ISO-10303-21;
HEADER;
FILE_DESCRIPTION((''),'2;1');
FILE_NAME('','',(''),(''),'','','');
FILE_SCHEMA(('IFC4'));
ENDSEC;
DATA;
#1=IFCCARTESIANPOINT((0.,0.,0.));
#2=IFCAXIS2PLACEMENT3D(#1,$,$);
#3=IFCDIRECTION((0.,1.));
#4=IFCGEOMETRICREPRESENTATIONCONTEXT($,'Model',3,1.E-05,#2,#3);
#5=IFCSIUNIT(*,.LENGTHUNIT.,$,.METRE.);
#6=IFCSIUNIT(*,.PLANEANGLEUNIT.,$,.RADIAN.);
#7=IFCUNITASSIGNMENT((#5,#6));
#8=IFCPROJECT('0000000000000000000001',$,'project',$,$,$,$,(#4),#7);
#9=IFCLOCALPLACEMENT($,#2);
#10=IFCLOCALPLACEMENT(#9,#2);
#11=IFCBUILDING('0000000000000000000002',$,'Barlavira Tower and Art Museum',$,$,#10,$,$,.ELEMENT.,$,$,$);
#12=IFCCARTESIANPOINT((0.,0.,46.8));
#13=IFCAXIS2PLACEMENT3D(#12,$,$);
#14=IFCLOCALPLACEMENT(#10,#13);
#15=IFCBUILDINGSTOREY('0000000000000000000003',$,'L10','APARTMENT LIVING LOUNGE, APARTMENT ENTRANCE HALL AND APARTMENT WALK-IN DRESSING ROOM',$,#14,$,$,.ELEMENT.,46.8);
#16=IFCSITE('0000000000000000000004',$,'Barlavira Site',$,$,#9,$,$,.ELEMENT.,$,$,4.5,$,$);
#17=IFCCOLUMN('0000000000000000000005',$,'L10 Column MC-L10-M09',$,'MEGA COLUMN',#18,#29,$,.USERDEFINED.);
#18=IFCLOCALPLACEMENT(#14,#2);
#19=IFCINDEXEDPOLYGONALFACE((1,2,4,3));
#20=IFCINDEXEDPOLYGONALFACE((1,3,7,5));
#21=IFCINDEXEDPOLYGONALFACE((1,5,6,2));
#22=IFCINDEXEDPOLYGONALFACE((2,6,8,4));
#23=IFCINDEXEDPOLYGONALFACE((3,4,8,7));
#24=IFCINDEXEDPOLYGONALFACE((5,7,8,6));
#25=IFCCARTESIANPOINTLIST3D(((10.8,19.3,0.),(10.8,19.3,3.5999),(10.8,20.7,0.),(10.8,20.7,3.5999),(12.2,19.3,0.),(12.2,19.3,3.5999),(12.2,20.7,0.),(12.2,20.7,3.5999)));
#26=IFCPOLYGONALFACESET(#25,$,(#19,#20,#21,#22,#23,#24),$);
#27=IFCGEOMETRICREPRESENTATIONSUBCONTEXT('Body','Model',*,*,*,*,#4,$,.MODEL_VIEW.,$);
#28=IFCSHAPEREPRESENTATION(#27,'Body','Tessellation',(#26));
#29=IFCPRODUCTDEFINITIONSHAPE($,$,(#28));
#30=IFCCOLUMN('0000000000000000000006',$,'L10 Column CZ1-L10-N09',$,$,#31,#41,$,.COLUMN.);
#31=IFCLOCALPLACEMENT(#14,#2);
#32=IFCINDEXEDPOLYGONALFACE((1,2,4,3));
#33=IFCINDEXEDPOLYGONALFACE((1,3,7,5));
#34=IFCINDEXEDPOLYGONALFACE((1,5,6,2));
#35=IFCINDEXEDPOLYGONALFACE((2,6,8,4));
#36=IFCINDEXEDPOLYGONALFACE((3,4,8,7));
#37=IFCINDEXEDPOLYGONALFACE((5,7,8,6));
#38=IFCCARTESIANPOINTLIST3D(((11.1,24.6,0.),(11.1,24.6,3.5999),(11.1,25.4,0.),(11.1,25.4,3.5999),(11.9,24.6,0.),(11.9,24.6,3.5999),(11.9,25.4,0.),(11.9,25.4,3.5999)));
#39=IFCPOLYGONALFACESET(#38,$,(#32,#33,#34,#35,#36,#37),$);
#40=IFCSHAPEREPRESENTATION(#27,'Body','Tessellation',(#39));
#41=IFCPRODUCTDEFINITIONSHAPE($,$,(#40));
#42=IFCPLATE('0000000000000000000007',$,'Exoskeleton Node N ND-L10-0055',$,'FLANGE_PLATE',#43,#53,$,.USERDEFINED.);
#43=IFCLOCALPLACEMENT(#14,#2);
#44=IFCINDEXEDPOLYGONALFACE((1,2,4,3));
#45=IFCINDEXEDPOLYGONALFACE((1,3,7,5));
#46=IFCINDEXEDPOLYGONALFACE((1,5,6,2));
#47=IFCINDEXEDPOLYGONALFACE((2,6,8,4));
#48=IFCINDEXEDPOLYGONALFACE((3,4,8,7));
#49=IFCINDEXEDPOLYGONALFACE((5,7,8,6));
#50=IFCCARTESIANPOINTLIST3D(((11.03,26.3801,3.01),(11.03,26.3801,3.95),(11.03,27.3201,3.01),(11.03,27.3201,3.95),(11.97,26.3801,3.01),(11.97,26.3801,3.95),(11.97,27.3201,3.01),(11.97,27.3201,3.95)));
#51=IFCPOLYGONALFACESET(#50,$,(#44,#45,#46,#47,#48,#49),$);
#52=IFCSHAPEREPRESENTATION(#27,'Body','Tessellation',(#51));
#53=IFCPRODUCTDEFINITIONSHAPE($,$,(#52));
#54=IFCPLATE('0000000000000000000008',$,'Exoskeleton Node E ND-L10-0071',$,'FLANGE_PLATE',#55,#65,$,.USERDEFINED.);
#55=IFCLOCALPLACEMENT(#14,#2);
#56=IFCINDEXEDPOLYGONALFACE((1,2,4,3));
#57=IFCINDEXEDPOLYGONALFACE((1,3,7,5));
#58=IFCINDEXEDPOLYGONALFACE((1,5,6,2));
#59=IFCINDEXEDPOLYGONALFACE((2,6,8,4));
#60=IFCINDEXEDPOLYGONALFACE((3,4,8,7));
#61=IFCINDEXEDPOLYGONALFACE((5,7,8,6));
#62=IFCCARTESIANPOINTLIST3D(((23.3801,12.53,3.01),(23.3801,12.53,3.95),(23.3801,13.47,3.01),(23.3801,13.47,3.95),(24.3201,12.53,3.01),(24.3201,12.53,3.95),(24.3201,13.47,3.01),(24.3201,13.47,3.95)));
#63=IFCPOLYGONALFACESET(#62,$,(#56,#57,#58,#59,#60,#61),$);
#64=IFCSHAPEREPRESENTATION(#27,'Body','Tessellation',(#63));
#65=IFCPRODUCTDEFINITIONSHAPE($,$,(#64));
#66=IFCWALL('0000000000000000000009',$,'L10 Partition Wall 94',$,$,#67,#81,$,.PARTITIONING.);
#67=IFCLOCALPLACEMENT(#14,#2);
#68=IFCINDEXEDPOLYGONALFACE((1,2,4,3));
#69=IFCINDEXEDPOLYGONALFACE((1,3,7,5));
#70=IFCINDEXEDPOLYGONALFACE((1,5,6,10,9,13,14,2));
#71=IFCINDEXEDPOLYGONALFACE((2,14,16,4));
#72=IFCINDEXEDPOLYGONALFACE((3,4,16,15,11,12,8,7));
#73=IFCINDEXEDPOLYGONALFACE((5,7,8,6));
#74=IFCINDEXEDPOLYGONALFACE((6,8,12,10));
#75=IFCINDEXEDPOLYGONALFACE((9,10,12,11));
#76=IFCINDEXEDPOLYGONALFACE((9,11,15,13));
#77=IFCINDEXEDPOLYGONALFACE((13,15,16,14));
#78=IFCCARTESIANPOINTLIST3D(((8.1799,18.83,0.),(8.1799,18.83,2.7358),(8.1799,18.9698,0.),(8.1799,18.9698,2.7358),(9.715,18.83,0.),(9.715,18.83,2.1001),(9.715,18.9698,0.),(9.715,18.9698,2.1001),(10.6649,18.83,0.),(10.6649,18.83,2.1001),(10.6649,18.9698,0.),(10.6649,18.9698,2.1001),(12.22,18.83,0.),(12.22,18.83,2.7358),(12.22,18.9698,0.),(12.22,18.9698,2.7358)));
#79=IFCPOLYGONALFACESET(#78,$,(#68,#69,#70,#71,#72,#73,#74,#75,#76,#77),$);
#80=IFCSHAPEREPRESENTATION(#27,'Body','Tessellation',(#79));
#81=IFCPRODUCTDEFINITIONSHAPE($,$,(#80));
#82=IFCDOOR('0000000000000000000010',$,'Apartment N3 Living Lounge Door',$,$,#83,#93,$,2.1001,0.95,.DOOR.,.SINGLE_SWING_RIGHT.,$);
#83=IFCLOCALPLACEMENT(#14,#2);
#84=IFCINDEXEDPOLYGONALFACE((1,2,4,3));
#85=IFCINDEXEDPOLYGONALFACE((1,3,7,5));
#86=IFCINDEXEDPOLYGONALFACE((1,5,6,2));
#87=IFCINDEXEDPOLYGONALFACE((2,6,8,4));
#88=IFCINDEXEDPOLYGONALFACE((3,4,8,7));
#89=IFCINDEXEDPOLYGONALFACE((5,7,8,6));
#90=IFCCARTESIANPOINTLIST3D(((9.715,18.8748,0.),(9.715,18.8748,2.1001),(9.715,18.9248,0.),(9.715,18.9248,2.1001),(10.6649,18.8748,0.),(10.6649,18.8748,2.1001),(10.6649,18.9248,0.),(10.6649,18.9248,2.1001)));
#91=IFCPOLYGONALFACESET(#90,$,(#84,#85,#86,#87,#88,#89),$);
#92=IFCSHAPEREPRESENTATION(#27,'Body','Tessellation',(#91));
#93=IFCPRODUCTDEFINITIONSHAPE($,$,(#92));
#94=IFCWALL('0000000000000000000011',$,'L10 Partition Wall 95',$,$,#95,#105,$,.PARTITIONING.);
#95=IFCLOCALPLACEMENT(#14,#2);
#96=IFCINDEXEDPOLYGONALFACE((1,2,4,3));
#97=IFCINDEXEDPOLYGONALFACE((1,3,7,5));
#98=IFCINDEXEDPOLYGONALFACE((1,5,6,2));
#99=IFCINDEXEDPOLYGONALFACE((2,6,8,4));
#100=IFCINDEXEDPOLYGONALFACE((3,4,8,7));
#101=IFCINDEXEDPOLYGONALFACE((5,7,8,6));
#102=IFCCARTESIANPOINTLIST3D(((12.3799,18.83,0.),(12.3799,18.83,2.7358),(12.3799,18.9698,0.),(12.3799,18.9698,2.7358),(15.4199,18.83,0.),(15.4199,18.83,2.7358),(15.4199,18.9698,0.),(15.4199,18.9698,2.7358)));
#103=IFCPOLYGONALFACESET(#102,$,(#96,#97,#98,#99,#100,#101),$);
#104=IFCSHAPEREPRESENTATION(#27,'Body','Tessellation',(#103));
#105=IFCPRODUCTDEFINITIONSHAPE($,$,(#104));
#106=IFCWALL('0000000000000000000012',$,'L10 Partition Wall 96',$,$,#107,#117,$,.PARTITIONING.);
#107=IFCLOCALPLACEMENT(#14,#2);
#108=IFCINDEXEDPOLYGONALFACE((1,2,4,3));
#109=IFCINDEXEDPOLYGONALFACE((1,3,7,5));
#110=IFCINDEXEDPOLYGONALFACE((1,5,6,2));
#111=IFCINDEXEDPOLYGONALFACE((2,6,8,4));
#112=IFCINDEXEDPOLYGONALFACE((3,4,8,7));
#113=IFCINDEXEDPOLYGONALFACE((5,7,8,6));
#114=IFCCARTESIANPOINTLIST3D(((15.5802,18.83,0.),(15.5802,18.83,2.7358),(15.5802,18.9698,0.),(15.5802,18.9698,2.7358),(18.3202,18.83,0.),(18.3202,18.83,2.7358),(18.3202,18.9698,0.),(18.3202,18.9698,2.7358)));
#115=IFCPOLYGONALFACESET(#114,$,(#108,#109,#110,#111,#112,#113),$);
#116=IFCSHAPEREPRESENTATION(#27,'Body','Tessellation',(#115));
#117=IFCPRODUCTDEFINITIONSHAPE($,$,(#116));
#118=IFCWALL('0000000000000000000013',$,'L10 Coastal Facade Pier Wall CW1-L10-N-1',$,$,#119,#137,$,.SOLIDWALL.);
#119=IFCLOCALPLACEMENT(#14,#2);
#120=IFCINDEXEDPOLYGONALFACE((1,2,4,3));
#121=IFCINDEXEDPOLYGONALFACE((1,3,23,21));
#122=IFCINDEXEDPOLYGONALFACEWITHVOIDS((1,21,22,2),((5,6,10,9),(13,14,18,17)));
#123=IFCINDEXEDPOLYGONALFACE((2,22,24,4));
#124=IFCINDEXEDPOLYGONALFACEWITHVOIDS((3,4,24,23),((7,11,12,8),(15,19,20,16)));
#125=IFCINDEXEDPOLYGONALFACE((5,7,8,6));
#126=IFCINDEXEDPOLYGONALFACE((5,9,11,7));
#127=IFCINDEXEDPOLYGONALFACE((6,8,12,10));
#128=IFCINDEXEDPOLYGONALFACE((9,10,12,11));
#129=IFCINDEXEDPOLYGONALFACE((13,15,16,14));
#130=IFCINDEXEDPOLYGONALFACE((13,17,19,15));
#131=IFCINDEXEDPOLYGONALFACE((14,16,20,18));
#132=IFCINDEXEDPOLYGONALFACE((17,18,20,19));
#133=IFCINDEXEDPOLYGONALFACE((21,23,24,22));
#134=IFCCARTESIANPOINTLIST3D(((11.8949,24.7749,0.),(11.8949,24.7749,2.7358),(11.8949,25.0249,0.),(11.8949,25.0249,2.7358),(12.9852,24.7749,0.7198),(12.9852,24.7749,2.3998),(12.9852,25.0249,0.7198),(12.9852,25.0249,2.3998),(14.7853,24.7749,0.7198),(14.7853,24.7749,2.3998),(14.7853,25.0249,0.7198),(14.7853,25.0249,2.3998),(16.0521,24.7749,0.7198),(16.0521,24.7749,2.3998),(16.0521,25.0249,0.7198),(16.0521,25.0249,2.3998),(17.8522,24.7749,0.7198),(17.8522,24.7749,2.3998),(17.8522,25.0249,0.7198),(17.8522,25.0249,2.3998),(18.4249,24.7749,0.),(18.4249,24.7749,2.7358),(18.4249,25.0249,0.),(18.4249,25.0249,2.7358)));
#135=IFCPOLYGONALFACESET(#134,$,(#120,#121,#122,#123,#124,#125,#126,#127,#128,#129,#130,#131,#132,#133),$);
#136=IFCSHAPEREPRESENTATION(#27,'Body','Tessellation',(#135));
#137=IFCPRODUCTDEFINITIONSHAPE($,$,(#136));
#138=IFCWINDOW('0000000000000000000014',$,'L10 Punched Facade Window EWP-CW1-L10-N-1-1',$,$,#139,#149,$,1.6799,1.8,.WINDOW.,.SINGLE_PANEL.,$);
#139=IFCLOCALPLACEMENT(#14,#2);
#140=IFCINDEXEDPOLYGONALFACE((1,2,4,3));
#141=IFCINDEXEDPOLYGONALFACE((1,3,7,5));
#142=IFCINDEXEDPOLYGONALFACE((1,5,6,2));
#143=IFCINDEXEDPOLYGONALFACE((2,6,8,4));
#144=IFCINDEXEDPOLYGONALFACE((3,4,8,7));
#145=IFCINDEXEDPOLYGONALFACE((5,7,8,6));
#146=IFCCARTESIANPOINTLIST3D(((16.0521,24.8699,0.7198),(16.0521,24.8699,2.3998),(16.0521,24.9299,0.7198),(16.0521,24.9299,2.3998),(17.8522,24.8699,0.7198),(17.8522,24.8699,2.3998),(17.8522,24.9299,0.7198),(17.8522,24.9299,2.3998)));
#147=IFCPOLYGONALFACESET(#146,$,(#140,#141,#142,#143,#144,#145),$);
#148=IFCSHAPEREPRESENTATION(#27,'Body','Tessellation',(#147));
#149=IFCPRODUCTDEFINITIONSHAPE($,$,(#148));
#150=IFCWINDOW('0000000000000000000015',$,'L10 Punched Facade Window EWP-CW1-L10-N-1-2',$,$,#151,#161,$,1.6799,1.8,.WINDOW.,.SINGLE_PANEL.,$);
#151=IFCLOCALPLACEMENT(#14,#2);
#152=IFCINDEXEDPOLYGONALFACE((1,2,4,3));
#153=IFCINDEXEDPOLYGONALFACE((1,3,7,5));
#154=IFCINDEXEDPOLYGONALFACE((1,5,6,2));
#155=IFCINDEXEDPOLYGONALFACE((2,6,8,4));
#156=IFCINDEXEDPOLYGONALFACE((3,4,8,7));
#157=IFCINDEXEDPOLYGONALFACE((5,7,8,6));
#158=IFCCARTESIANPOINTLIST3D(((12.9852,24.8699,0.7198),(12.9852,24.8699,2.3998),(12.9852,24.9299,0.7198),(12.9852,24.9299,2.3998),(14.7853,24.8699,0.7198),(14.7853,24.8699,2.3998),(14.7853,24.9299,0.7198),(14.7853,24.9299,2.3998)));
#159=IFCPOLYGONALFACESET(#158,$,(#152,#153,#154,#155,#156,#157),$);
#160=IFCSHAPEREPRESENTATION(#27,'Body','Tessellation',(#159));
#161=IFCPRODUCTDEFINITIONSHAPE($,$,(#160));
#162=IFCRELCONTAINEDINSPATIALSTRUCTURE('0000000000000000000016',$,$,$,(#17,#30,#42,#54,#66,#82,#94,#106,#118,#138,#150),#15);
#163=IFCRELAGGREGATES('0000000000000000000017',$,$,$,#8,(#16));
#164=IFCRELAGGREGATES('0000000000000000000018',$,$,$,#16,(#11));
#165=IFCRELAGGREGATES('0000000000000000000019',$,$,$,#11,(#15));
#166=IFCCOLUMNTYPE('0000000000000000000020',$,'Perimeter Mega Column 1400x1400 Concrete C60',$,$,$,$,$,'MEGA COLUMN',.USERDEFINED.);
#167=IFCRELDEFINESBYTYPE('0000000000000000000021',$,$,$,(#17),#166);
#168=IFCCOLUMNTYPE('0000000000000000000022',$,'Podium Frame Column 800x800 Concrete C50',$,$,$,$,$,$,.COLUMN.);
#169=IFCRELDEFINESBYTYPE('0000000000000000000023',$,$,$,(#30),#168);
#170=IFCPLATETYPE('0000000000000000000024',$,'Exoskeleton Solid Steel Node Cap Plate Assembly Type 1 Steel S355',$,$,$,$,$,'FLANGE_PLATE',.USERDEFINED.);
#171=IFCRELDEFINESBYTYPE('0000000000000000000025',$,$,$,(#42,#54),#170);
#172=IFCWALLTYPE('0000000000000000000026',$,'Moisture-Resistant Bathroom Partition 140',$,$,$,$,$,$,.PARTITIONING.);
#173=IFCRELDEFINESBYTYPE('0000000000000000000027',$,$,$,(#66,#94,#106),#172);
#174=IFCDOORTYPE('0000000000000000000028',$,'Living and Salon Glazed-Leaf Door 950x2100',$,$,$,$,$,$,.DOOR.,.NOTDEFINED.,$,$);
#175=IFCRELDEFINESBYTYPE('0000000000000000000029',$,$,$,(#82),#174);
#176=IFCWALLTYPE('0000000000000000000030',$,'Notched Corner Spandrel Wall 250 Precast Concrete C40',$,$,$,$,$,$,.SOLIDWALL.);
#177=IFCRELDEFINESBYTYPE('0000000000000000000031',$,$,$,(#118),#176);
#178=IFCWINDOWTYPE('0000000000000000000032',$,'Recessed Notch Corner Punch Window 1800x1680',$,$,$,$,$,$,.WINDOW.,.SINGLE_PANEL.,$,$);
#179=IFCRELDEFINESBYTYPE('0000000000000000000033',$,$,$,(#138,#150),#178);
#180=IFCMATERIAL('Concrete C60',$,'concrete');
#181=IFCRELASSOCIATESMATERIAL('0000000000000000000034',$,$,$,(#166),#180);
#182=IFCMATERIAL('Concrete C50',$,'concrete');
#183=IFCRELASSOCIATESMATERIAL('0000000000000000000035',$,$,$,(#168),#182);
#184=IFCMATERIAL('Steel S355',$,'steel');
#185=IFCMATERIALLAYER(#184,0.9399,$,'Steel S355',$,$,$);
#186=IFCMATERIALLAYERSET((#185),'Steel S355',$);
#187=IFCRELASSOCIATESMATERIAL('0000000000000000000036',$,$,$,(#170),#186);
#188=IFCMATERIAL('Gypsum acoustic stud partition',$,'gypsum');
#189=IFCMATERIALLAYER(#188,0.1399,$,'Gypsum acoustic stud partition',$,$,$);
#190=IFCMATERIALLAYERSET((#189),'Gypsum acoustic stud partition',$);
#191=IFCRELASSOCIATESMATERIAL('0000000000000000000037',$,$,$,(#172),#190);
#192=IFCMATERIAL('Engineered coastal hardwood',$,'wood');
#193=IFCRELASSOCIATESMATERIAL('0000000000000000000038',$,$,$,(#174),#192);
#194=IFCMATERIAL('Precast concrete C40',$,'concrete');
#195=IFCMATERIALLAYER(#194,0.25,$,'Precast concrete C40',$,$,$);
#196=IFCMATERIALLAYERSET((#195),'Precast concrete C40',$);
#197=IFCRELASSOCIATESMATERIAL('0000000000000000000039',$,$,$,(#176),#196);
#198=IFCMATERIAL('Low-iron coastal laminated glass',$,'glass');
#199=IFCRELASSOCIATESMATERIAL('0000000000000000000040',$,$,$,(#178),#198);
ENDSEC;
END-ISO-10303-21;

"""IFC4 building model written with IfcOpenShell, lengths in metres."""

from ifc_helpers import new_model, si_unit, direction, frame, frame_2d, origin, origin_2d, place, context, subcontext, project, spatial, rectangle, extrude, material, layer, layer_set, material_profile, profile_set, type_object, element, fill, save


model = new_model("IFC4")

# Units and contexts
model_context = context("Model", 3, precision=1e-05, world=origin(), true_north=direction((0.0, 1.0)))
body_context = subcontext(model_context, "Body", "Model", "MODEL_VIEW")
ifc_project = project(units=[si_unit("LENGTHUNIT", "METRE"), si_unit("PLANEANGLEUNIT", "RADIAN")], contexts=[model_context])

# Site, building, storey
site_placement = place(None, origin())
site = spatial("IfcSite", under=ifc_project, at=site_placement, Name="Barlavira Site", CompositionType="ELEMENT", RefElevation=4.5)
building_placement = place(site_placement, origin())
building = spatial("IfcBuilding", under=site, at=building_placement, Name="Barlavira Tower and Art Museum", CompositionType="ELEMENT")
storey_placement = place(building_placement, frame((0.0, 0.0, 46.8)))
storey = spatial("IfcBuildingStorey", under=building, at=storey_placement, Name="L10", Description="APARTMENT LIVING LOUNGE, APARTMENT ENTRANCE HALL AND APARTMENT WALK-IN DRESSING ROOM", CompositionType="ELEMENT", Elevation=46.8)

# Columns
ifc_material_1 = material(Name="Concrete C60", Category="concrete")
ifc_material_profile_1 = material_profile(ifc_material_1, rectangle(XDim=1.3999, YDim=1.3999, at=origin_2d()), Name="RC-MCOL 1400x1400")
ifc_profile_set_1 = profile_set([ifc_material_profile_1], Name="Concrete C60")
column_type_1 = type_object("IfcColumnType", Name="Perimeter Mega Column 1400x1400 Concrete C60", ElementType="MEGA COLUMN", PredefinedType="USERDEFINED", material=ifc_profile_set_1)
column_1_placement = place(storey_placement, frame((11.5, 20.0, 0.0), z_axis=(0.0, 0.0, 1.0), x_axis=(1.0, 0.0, 0.0)))
element("IfcColumn", 1, at=column_1_placement, inside=storey, type_object=column_type_1, Name="L10 Column MC-L10-M09", ObjectType="MEGA COLUMN", PredefinedType="USERDEFINED", context=body_context, shape_type="SweptSolid", body=[
    extrude(rectangle(XDim=1.3999, YDim=1.3999, at=origin_2d()), origin(), (0.0, 0.0, 1.0), 3.5999),
])
ifc_material_2 = material(Name="Concrete C50", Category="concrete")
ifc_material_profile_2 = material_profile(ifc_material_2, rectangle(XDim=0.8, YDim=0.8, at=origin_2d()), Name="RC-COL 800x800")
ifc_profile_set_2 = profile_set([ifc_material_profile_2], Name="Concrete C50")
column_type_2 = type_object("IfcColumnType", Name="Podium Frame Column 800x800 Concrete C50", PredefinedType="COLUMN", material=ifc_profile_set_2)
column_2_placement = place(storey_placement, frame((11.5, 25.0, 0.0), z_axis=(0.0, 0.0, 1.0), x_axis=(1.0, 0.0, 0.0)))
element("IfcColumn", 2, at=column_2_placement, inside=storey, type_object=column_type_2, Name="L10 Column CZ1-L10-N09", PredefinedType="COLUMN", context=body_context, shape_type="SweptSolid", body=[
    extrude(rectangle(XDim=0.8, YDim=0.8, at=origin_2d()), origin(), (0.0, 0.0, 1.0), 3.5999),
])

# Plates
ifc_material_3 = material(Name="Steel S355", Category="steel")
ifc_layer_1 = layer(ifc_material_3, 0.9399, Name="Steel S355")
ifc_layer_set_1 = layer_set([ifc_layer_1], Name="Steel S355")
plate_type = type_object("IfcPlateType", Name="Exoskeleton Solid Steel Node Cap Plate Assembly Type 1 Steel S355", ElementType="FLANGE_PLATE", PredefinedType="USERDEFINED", material=ifc_layer_set_1)
for number, where, z_axis, x_axis, name in (
    (3, (11.5, 26.8501, 3.01), (0.0, 0.0, 1.0), (1.0, 0.0, 0.0), "Exoskeleton Node N ND-L10-0055"),
    (4, (23.8501, 13.0, 3.01), (0.0, 0.0, 1.0), (1.0, 0.0, 0.0), "Exoskeleton Node E ND-L10-0071"),
):
    element("IfcPlate", number, at=place(storey_placement, frame(where, z_axis=z_axis, x_axis=x_axis)), inside=storey, type_object=plate_type, Name=name, ObjectType="FLANGE_PLATE", PredefinedType="USERDEFINED", context=body_context, shape_type="SweptSolid", body=[
        extrude(rectangle(XDim=0.9399, YDim=0.9399, at=origin_2d()), origin(), (0.0, 0.0, 1.0), 0.9399),
    ])

# Wall, opening, door
ifc_material_4 = material(Name="Gypsum acoustic stud partition", Category="gypsum")
ifc_layer_2 = layer(ifc_material_4, 0.1399, Name="Gypsum acoustic stud partition")
ifc_layer_set_2 = layer_set([ifc_layer_2], Name="Gypsum acoustic stud partition")
wall_type_1 = type_object("IfcWallType", Name="Moisture-Resistant Bathroom Partition 140", PredefinedType="PARTITIONING", material=ifc_layer_set_2)
wall_1_placement = place(storey_placement, frame((8.1799, 18.8999, 0.0), z_axis=(0.0, 0.0, 1.0), x_axis=(1.0, 0.0, 0.0)))
wall_1 = element("IfcWall", 5, at=wall_1_placement, inside=storey, type_object=wall_type_1, Name="L10 Partition Wall 94", PredefinedType="PARTITIONING", context=body_context, shape_type="SweptSolid", body=[
    extrude(rectangle(XDim=4.04, YDim=0.1399, at=frame_2d((2.02, 0.0))), origin(), (0.0, 0.0, 1.0), 2.7358),
])
opening_1_placement = place(wall_1_placement, frame((1.5349, 0.0, 0.0)))
opening_1 = element("IfcOpeningElement", 6, at=opening_1_placement, cuts=wall_1, PredefinedType="OPENING", context=body_context, shape_type="SweptSolid", body=[
    extrude(rectangle(XDim=0.95, YDim=2.1001, at=frame_2d((0.4751, 1.05))), frame((0.0, 0.0801, 0.0), z_axis=(0.0, -1.0, 0.0), x_axis=(1.0, 0.0, 0.0)), (0.0, 0.0, 1.0), 0.1599),
])
ifc_material_5 = material(Name="Engineered coastal hardwood", Category="wood")
door_type = type_object("IfcDoorType", Name="Living and Salon Glazed-Leaf Door 950x2100", OperationType="NOTDEFINED", PredefinedType="DOOR", material=ifc_material_5)
door_placement = place(opening_1_placement, origin())
door = element("IfcDoor", 7, at=door_placement, inside=storey, type_object=door_type, Name="Apartment N3 Living Lounge Door", OperationType="SINGLE_SWING_RIGHT", OverallHeight=2.1001, OverallWidth=0.95, PredefinedType="DOOR", context=body_context, shape_type="SweptSolid", body=[
    extrude(rectangle(XDim=0.95, YDim=2.1001, at=frame_2d((0.4751, 1.05))), frame((0.0, 0.0249, 0.0), z_axis=(0.0, -1.0, 0.0), x_axis=(1.0, 0.0, 0.0)), (0.0, 0.0, 1.0), 0.05),
])
fill(opening_1, door)

# Walls
wall_2_placement = place(storey_placement, frame((12.3799, 18.8999, 0.0), z_axis=(0.0, 0.0, 1.0), x_axis=(1.0, 0.0, 0.0)))
element("IfcWall", 8, at=wall_2_placement, inside=storey, type_object=wall_type_1, Name="L10 Partition Wall 95", PredefinedType="PARTITIONING", context=body_context, shape_type="SweptSolid", body=[
    extrude(rectangle(XDim=3.04, YDim=0.1399, at=frame_2d((1.52, 0.0))), origin(), (0.0, 0.0, 1.0), 2.7358),
])
wall_3_placement = place(storey_placement, frame((15.5801, 18.8999, 0.0), z_axis=(0.0, 0.0, 1.0), x_axis=(1.0, 0.0, 0.0)))
element("IfcWall", 9, at=wall_3_placement, inside=storey, type_object=wall_type_1, Name="L10 Partition Wall 96", PredefinedType="PARTITIONING", context=body_context, shape_type="SweptSolid", body=[
    extrude(rectangle(XDim=2.74, YDim=0.1399, at=frame_2d((1.3701, 0.0))), origin(), (0.0, 0.0, 1.0), 2.7358),
])

# Wall, openings, windows
ifc_material_6 = material(Name="Precast concrete C40", Category="concrete")
ifc_layer_3 = layer(ifc_material_6, 0.25, Name="Precast concrete C40")
ifc_layer_set_3 = layer_set([ifc_layer_3], Name="Precast concrete C40")
wall_type_2 = type_object("IfcWallType", Name="Notched Corner Spandrel Wall 250 Precast Concrete C40", PredefinedType="SOLIDWALL", material=ifc_layer_set_3)
wall_4_placement = place(storey_placement, frame((18.425, 24.8999, 0.0), z_axis=(0.0, 0.0, 1.0), x_axis=(-1.0, 0.0, 0.0)))
wall_4 = element("IfcWall", 10, at=wall_4_placement, inside=storey, type_object=wall_type_2, Name="L10 Coastal Facade Pier Wall CW1-L10-N-1", PredefinedType="SOLIDWALL", context=body_context, shape_type="SweptSolid", body=[
    extrude(rectangle(XDim=6.53, YDim=0.25, at=frame_2d((3.2651, 0.0))), origin(), (0.0, 0.0, 1.0), 2.7358),
])
opening_2_placement = place(wall_4_placement, frame((0.573, 0.0, 0.72)))
opening_2 = element("IfcOpeningElement", 11, at=opening_2_placement, cuts=wall_4, PredefinedType="OPENING", context=body_context, shape_type="SweptSolid", body=[
    extrude(rectangle(XDim=1.8, YDim=1.6799, at=frame_2d((0.8999, 0.8398))), frame((0.0, 0.135, 0.0), z_axis=(0.0, -1.0, 0.0), x_axis=(1.0, 0.0, 0.0)), (0.0, 0.0, 1.0), 0.27),
])
opening_3_placement = place(wall_4_placement, frame((3.6399, 0.0, 0.72)))
opening_3 = element("IfcOpeningElement", 12, at=opening_3_placement, cuts=wall_4, PredefinedType="OPENING", context=body_context, shape_type="SweptSolid", body=[
    extrude(rectangle(XDim=1.8, YDim=1.6799, at=frame_2d((0.8999, 0.8398))), frame((0.0, 0.135, 0.0), z_axis=(0.0, -1.0, 0.0), x_axis=(1.0, 0.0, 0.0)), (0.0, 0.0, 1.0), 0.27),
])
ifc_material_7 = material(Name="Low-iron coastal laminated glass", Category="glass")
window_type = type_object("IfcWindowType", Name="Recessed Notch Corner Punch Window 1800x1680", PartitioningType="SINGLE_PANEL", PredefinedType="WINDOW", material=ifc_material_7)
window_1_placement = place(opening_2_placement, origin())
window_1 = element("IfcWindow", 13, at=window_1_placement, inside=storey, type_object=window_type, Name="L10 Punched Facade Window EWP-CW1-L10-N-1-1", OverallHeight=1.6799, OverallWidth=1.8, PartitioningType="SINGLE_PANEL", PredefinedType="WINDOW", context=body_context, shape_type="SweptSolid", body=[
    extrude(rectangle(XDim=1.8, YDim=1.6799, at=frame_2d((0.8999, 0.8398))), frame((0.0, 0.03, 0.0), z_axis=(0.0, -1.0, 0.0), x_axis=(1.0, 0.0, 0.0)), (0.0, 0.0, 1.0), 0.0601),
])
fill(opening_2, window_1)
window_2_placement = place(opening_3_placement, origin())
window_2 = element("IfcWindow", 14, at=window_2_placement, inside=storey, type_object=window_type, Name="L10 Punched Facade Window EWP-CW1-L10-N-1-2", OverallHeight=1.6799, OverallWidth=1.8, PartitioningType="SINGLE_PANEL", PredefinedType="WINDOW", context=body_context, shape_type="SweptSolid", body=[
    extrude(rectangle(XDim=1.8, YDim=1.6799, at=frame_2d((0.8999, 0.8398))), frame((0.0, 0.03, 0.0), z_axis=(0.0, -1.0, 0.0), x_axis=(1.0, 0.0, 0.0)), (0.0, 0.0, 1.0), 0.0601),
])
fill(opening_3, window_2)

save(model, "model.ifc")
